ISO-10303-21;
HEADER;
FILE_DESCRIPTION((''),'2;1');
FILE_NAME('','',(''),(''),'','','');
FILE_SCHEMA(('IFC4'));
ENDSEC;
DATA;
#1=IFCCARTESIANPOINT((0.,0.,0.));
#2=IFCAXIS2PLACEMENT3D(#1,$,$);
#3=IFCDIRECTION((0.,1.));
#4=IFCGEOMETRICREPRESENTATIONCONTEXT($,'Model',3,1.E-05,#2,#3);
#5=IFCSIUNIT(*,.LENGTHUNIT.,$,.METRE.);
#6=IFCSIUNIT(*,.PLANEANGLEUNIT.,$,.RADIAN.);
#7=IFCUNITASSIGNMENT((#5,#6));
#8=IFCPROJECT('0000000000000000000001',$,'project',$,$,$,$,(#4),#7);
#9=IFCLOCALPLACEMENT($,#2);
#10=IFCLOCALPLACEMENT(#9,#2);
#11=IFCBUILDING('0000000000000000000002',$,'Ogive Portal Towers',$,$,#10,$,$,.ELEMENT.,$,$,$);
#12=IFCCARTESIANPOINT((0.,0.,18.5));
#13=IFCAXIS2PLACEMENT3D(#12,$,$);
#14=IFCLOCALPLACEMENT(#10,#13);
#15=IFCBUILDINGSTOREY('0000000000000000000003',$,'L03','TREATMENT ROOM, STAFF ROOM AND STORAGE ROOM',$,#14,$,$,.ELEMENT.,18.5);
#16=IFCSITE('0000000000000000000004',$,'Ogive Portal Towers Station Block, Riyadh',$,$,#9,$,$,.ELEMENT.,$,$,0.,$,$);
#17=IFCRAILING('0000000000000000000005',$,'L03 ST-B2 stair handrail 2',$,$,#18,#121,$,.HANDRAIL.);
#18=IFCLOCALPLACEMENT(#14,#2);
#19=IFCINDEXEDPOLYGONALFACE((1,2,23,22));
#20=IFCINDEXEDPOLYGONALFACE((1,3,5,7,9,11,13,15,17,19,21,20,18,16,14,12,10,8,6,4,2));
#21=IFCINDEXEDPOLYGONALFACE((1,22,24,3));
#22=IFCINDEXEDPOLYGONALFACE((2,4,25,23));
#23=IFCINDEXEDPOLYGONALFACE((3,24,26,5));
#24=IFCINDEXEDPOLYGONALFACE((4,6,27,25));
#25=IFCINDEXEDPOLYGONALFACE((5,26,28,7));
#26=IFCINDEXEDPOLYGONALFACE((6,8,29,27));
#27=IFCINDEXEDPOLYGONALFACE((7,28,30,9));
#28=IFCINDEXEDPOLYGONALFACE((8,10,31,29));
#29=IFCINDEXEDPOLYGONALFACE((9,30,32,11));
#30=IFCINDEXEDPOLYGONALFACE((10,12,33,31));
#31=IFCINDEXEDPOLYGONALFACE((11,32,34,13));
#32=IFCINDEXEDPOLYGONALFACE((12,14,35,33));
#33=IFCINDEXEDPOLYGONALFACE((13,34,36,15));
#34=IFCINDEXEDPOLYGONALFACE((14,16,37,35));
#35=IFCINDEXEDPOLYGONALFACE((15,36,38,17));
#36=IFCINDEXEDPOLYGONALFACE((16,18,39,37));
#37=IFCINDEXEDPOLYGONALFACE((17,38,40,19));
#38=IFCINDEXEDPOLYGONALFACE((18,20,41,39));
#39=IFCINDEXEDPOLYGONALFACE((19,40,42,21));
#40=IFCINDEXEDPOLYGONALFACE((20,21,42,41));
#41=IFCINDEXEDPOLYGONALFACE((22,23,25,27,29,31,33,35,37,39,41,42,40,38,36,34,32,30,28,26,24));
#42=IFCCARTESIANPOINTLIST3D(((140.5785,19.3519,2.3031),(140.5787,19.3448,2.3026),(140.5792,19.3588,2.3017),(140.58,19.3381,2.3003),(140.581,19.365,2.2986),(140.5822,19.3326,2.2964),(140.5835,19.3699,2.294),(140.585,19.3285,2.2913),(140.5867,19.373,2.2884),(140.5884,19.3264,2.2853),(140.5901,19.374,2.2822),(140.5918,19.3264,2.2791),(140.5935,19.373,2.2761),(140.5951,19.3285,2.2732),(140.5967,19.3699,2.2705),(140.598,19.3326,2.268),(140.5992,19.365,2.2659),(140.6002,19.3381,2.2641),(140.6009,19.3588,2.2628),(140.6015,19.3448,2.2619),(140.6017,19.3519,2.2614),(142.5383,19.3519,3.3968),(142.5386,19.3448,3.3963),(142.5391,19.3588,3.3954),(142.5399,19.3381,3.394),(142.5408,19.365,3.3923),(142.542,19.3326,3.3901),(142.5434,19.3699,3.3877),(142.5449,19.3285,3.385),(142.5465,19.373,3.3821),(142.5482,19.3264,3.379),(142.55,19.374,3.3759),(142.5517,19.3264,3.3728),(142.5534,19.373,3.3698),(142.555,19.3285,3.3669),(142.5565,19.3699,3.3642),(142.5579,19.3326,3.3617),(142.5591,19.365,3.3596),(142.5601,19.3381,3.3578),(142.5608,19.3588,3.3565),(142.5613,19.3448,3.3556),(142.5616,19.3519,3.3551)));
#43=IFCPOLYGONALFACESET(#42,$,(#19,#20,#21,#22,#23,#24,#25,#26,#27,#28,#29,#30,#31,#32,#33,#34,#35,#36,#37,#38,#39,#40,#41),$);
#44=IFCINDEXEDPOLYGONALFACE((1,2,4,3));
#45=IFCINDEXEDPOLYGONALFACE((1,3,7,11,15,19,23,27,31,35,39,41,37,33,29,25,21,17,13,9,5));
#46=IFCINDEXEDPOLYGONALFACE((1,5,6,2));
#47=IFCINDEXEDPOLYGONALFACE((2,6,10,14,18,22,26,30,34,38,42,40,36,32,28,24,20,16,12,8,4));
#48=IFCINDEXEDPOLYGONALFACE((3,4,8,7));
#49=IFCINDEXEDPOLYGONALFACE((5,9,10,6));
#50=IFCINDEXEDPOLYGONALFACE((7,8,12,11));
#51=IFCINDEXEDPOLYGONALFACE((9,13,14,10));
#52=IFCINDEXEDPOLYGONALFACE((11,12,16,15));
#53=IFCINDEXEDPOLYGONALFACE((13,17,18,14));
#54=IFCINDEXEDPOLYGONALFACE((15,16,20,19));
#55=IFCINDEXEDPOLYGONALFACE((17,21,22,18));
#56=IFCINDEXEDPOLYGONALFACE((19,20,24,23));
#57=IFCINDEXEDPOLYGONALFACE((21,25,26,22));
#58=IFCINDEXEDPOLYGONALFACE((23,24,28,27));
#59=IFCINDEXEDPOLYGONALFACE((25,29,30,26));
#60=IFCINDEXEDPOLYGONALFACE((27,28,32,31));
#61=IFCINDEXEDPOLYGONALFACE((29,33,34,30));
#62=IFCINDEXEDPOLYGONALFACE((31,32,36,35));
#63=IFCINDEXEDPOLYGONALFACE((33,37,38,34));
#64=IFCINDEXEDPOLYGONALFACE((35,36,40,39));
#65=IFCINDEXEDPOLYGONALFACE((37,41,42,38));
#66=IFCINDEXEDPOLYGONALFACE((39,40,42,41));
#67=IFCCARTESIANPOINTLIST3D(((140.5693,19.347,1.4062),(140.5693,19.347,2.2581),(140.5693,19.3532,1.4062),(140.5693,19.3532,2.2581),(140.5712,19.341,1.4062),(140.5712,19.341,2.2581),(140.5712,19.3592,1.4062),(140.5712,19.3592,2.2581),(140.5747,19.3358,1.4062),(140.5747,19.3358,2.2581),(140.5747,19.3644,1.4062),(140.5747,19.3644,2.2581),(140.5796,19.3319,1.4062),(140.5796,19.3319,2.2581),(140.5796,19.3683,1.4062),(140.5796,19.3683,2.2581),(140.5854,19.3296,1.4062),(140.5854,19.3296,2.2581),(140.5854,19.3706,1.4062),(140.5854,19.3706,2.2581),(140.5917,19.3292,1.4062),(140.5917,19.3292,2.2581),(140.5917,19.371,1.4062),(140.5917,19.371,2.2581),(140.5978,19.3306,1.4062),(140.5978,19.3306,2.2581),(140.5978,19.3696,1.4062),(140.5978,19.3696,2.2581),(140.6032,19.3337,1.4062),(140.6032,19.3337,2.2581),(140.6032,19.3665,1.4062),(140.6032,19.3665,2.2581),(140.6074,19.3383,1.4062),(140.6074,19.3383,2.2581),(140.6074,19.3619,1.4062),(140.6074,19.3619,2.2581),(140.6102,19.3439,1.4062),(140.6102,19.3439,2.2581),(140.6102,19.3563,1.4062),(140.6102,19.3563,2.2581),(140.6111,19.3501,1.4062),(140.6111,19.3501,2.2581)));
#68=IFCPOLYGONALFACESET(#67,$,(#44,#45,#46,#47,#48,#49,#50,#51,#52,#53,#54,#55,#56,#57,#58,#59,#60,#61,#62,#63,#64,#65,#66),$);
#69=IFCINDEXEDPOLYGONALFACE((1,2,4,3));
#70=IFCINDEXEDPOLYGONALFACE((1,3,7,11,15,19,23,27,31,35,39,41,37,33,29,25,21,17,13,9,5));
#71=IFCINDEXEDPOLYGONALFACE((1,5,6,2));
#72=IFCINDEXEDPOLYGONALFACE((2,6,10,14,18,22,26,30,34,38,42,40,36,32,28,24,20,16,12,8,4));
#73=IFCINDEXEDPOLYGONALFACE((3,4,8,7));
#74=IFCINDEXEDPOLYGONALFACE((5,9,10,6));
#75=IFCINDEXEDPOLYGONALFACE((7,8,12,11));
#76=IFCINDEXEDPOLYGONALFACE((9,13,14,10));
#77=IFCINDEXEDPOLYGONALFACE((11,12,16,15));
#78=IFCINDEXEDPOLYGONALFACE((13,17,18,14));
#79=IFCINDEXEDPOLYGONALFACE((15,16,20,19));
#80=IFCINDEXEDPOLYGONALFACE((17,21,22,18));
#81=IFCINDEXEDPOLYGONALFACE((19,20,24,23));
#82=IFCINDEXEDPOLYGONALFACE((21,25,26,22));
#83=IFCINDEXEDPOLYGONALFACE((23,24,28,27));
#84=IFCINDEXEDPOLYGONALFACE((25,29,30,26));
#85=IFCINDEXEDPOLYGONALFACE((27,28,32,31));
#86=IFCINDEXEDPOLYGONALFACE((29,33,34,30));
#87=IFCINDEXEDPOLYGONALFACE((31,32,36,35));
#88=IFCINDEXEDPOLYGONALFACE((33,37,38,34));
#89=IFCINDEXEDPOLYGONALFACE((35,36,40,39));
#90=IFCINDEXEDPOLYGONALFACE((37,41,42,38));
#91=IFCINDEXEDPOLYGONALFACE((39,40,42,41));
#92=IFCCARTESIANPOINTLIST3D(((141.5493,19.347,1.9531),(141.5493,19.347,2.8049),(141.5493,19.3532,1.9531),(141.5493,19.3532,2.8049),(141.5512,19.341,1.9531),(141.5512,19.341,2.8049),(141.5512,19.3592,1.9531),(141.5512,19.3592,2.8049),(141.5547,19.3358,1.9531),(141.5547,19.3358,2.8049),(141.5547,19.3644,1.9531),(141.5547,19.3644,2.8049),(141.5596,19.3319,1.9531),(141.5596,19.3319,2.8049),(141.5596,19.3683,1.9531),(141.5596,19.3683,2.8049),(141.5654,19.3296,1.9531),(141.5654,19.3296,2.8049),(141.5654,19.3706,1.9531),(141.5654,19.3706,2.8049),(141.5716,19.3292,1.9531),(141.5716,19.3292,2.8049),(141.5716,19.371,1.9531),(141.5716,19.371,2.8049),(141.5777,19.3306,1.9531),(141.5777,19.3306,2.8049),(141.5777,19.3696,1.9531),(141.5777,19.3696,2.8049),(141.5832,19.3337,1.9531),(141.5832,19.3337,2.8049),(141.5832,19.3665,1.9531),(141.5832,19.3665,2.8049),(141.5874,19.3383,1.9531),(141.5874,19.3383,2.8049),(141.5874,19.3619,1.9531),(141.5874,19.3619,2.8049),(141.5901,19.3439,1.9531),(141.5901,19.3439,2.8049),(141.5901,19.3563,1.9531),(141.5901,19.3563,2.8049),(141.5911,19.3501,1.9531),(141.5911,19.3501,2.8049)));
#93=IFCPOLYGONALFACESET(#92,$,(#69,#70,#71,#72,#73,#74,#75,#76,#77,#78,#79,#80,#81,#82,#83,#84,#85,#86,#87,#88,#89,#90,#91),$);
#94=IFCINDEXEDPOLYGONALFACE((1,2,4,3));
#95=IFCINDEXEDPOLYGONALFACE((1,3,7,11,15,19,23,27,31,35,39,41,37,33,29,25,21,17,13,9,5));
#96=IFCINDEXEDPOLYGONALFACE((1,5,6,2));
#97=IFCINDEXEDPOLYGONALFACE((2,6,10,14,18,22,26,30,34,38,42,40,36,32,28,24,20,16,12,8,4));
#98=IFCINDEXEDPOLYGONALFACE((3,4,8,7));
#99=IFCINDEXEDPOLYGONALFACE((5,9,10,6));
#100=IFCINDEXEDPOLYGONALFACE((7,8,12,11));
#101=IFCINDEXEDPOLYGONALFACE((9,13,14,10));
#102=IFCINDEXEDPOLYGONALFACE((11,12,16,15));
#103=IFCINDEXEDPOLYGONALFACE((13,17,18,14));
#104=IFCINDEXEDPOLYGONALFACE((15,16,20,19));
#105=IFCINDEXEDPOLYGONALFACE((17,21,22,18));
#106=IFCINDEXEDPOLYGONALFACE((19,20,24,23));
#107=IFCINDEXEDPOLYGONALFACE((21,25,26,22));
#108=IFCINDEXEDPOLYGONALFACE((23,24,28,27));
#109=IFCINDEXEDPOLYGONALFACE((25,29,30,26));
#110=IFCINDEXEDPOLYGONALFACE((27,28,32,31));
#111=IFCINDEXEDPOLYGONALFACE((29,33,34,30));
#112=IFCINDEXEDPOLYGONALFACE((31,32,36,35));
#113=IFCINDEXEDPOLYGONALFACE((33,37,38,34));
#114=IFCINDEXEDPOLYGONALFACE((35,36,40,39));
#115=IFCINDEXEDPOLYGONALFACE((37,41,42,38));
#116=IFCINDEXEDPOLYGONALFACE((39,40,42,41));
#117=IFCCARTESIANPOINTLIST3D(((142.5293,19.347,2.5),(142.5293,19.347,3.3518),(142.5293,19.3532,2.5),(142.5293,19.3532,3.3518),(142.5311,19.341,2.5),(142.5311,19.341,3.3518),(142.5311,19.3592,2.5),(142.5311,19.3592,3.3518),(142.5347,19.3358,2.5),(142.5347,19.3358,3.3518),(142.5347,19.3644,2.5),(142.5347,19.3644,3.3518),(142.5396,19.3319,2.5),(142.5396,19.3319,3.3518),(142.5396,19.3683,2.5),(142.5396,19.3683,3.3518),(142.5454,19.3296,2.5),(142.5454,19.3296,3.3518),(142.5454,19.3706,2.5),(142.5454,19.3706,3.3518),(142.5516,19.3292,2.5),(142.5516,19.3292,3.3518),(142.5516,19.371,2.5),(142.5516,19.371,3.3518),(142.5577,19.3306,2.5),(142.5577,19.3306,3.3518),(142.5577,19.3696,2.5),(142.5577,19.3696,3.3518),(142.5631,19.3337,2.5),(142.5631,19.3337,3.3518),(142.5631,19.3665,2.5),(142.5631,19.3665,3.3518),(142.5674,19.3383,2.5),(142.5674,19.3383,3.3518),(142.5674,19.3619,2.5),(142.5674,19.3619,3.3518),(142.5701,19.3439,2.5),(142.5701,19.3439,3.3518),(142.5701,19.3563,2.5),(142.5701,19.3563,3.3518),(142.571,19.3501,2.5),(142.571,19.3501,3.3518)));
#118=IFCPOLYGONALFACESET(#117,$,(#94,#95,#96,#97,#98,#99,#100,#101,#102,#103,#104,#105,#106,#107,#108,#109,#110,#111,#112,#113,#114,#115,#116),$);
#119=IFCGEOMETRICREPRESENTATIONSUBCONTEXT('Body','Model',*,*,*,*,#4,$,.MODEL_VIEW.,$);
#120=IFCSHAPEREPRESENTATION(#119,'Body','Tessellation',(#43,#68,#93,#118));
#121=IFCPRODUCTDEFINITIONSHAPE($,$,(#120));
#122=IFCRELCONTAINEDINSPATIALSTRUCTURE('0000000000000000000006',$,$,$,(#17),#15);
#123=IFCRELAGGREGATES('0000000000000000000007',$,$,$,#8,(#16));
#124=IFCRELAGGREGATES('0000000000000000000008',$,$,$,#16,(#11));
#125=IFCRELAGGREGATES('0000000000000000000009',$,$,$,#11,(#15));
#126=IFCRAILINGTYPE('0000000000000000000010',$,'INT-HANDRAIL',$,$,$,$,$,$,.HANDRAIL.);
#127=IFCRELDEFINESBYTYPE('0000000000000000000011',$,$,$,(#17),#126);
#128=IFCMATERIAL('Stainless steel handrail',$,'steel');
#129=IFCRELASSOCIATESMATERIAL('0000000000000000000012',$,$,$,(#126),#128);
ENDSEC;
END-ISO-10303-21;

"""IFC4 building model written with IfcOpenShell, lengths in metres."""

from ifc_helpers import new_model, si_unit, direction, frame, origin, origin_2d, place, context, subcontext, project, spatial, circle, extrude, material, type_object, element, save


model = new_model("IFC4")

# Units and contexts
model_context = context("Model", 3, precision=1e-05, world=origin(), true_north=direction((0.0, 1.0)))
body_context = subcontext(model_context, "Body", "Model", "MODEL_VIEW")
ifc_project = project(units=[si_unit("LENGTHUNIT", "METRE"), si_unit("PLANEANGLEUNIT", "RADIAN")], contexts=[model_context])

# Site, building, storey
site_placement = place(None, origin())
site = spatial("IfcSite", under=ifc_project, at=site_placement, Name="Ogive Portal Towers Station Block, Riyadh", CompositionType="ELEMENT", RefElevation=0.0)
building_placement = place(site_placement, origin())
building = spatial("IfcBuilding", under=site, at=building_placement, Name="Ogive Portal Towers", CompositionType="ELEMENT")
storey_placement = place(building_placement, frame((0.0, 0.0, 18.5)))
storey = spatial("IfcBuildingStorey", under=building, at=storey_placement, Name="L03", Description="TREATMENT ROOM, STAFF ROOM AND STORAGE ROOM", CompositionType="ELEMENT", Elevation=18.5)

# Railing
ifc_material_1 = material(Name="Stainless steel handrail", Category="steel")
railing_type_1 = type_object("IfcRailingType", Name="INT-HANDRAIL", PredefinedType="HANDRAIL", material=ifc_material_1)
railing_1_placement = place(storey_placement, frame((140.5901, 19.3501, 1.4062)))
element("IfcRailing", 1, at=railing_1_placement, inside=storey, type_object=railing_type_1, Name="L03 ST-B2 stair handrail 2", PredefinedType="HANDRAIL", context=body_context, shape_type="SweptSolid", body=[
    extrude(circle(Radius=0.0239, at=origin_2d()), frame((0.0, 0.0, 0.876), z_axis=(0.873232, 0.0, 0.487304), x_axis=(0.0, 1.0, 0.0)), (0.0, 0.0, 1.0), 2.2444),
    extrude(circle(Radius=0.021, at=origin_2d()), origin(), (0.0, 0.0, 1.0), 0.8518),
    extrude(circle(Radius=0.021, at=origin_2d()), frame((0.98, 0.0, 0.5469)), (0.0, 0.0, 1.0), 0.8518),
    extrude(circle(Radius=0.021, at=origin_2d()), frame((1.96, 0.0, 1.0938)), (0.0, 0.0, 1.0), 0.8518),
])

save(model, "model.ifc")
